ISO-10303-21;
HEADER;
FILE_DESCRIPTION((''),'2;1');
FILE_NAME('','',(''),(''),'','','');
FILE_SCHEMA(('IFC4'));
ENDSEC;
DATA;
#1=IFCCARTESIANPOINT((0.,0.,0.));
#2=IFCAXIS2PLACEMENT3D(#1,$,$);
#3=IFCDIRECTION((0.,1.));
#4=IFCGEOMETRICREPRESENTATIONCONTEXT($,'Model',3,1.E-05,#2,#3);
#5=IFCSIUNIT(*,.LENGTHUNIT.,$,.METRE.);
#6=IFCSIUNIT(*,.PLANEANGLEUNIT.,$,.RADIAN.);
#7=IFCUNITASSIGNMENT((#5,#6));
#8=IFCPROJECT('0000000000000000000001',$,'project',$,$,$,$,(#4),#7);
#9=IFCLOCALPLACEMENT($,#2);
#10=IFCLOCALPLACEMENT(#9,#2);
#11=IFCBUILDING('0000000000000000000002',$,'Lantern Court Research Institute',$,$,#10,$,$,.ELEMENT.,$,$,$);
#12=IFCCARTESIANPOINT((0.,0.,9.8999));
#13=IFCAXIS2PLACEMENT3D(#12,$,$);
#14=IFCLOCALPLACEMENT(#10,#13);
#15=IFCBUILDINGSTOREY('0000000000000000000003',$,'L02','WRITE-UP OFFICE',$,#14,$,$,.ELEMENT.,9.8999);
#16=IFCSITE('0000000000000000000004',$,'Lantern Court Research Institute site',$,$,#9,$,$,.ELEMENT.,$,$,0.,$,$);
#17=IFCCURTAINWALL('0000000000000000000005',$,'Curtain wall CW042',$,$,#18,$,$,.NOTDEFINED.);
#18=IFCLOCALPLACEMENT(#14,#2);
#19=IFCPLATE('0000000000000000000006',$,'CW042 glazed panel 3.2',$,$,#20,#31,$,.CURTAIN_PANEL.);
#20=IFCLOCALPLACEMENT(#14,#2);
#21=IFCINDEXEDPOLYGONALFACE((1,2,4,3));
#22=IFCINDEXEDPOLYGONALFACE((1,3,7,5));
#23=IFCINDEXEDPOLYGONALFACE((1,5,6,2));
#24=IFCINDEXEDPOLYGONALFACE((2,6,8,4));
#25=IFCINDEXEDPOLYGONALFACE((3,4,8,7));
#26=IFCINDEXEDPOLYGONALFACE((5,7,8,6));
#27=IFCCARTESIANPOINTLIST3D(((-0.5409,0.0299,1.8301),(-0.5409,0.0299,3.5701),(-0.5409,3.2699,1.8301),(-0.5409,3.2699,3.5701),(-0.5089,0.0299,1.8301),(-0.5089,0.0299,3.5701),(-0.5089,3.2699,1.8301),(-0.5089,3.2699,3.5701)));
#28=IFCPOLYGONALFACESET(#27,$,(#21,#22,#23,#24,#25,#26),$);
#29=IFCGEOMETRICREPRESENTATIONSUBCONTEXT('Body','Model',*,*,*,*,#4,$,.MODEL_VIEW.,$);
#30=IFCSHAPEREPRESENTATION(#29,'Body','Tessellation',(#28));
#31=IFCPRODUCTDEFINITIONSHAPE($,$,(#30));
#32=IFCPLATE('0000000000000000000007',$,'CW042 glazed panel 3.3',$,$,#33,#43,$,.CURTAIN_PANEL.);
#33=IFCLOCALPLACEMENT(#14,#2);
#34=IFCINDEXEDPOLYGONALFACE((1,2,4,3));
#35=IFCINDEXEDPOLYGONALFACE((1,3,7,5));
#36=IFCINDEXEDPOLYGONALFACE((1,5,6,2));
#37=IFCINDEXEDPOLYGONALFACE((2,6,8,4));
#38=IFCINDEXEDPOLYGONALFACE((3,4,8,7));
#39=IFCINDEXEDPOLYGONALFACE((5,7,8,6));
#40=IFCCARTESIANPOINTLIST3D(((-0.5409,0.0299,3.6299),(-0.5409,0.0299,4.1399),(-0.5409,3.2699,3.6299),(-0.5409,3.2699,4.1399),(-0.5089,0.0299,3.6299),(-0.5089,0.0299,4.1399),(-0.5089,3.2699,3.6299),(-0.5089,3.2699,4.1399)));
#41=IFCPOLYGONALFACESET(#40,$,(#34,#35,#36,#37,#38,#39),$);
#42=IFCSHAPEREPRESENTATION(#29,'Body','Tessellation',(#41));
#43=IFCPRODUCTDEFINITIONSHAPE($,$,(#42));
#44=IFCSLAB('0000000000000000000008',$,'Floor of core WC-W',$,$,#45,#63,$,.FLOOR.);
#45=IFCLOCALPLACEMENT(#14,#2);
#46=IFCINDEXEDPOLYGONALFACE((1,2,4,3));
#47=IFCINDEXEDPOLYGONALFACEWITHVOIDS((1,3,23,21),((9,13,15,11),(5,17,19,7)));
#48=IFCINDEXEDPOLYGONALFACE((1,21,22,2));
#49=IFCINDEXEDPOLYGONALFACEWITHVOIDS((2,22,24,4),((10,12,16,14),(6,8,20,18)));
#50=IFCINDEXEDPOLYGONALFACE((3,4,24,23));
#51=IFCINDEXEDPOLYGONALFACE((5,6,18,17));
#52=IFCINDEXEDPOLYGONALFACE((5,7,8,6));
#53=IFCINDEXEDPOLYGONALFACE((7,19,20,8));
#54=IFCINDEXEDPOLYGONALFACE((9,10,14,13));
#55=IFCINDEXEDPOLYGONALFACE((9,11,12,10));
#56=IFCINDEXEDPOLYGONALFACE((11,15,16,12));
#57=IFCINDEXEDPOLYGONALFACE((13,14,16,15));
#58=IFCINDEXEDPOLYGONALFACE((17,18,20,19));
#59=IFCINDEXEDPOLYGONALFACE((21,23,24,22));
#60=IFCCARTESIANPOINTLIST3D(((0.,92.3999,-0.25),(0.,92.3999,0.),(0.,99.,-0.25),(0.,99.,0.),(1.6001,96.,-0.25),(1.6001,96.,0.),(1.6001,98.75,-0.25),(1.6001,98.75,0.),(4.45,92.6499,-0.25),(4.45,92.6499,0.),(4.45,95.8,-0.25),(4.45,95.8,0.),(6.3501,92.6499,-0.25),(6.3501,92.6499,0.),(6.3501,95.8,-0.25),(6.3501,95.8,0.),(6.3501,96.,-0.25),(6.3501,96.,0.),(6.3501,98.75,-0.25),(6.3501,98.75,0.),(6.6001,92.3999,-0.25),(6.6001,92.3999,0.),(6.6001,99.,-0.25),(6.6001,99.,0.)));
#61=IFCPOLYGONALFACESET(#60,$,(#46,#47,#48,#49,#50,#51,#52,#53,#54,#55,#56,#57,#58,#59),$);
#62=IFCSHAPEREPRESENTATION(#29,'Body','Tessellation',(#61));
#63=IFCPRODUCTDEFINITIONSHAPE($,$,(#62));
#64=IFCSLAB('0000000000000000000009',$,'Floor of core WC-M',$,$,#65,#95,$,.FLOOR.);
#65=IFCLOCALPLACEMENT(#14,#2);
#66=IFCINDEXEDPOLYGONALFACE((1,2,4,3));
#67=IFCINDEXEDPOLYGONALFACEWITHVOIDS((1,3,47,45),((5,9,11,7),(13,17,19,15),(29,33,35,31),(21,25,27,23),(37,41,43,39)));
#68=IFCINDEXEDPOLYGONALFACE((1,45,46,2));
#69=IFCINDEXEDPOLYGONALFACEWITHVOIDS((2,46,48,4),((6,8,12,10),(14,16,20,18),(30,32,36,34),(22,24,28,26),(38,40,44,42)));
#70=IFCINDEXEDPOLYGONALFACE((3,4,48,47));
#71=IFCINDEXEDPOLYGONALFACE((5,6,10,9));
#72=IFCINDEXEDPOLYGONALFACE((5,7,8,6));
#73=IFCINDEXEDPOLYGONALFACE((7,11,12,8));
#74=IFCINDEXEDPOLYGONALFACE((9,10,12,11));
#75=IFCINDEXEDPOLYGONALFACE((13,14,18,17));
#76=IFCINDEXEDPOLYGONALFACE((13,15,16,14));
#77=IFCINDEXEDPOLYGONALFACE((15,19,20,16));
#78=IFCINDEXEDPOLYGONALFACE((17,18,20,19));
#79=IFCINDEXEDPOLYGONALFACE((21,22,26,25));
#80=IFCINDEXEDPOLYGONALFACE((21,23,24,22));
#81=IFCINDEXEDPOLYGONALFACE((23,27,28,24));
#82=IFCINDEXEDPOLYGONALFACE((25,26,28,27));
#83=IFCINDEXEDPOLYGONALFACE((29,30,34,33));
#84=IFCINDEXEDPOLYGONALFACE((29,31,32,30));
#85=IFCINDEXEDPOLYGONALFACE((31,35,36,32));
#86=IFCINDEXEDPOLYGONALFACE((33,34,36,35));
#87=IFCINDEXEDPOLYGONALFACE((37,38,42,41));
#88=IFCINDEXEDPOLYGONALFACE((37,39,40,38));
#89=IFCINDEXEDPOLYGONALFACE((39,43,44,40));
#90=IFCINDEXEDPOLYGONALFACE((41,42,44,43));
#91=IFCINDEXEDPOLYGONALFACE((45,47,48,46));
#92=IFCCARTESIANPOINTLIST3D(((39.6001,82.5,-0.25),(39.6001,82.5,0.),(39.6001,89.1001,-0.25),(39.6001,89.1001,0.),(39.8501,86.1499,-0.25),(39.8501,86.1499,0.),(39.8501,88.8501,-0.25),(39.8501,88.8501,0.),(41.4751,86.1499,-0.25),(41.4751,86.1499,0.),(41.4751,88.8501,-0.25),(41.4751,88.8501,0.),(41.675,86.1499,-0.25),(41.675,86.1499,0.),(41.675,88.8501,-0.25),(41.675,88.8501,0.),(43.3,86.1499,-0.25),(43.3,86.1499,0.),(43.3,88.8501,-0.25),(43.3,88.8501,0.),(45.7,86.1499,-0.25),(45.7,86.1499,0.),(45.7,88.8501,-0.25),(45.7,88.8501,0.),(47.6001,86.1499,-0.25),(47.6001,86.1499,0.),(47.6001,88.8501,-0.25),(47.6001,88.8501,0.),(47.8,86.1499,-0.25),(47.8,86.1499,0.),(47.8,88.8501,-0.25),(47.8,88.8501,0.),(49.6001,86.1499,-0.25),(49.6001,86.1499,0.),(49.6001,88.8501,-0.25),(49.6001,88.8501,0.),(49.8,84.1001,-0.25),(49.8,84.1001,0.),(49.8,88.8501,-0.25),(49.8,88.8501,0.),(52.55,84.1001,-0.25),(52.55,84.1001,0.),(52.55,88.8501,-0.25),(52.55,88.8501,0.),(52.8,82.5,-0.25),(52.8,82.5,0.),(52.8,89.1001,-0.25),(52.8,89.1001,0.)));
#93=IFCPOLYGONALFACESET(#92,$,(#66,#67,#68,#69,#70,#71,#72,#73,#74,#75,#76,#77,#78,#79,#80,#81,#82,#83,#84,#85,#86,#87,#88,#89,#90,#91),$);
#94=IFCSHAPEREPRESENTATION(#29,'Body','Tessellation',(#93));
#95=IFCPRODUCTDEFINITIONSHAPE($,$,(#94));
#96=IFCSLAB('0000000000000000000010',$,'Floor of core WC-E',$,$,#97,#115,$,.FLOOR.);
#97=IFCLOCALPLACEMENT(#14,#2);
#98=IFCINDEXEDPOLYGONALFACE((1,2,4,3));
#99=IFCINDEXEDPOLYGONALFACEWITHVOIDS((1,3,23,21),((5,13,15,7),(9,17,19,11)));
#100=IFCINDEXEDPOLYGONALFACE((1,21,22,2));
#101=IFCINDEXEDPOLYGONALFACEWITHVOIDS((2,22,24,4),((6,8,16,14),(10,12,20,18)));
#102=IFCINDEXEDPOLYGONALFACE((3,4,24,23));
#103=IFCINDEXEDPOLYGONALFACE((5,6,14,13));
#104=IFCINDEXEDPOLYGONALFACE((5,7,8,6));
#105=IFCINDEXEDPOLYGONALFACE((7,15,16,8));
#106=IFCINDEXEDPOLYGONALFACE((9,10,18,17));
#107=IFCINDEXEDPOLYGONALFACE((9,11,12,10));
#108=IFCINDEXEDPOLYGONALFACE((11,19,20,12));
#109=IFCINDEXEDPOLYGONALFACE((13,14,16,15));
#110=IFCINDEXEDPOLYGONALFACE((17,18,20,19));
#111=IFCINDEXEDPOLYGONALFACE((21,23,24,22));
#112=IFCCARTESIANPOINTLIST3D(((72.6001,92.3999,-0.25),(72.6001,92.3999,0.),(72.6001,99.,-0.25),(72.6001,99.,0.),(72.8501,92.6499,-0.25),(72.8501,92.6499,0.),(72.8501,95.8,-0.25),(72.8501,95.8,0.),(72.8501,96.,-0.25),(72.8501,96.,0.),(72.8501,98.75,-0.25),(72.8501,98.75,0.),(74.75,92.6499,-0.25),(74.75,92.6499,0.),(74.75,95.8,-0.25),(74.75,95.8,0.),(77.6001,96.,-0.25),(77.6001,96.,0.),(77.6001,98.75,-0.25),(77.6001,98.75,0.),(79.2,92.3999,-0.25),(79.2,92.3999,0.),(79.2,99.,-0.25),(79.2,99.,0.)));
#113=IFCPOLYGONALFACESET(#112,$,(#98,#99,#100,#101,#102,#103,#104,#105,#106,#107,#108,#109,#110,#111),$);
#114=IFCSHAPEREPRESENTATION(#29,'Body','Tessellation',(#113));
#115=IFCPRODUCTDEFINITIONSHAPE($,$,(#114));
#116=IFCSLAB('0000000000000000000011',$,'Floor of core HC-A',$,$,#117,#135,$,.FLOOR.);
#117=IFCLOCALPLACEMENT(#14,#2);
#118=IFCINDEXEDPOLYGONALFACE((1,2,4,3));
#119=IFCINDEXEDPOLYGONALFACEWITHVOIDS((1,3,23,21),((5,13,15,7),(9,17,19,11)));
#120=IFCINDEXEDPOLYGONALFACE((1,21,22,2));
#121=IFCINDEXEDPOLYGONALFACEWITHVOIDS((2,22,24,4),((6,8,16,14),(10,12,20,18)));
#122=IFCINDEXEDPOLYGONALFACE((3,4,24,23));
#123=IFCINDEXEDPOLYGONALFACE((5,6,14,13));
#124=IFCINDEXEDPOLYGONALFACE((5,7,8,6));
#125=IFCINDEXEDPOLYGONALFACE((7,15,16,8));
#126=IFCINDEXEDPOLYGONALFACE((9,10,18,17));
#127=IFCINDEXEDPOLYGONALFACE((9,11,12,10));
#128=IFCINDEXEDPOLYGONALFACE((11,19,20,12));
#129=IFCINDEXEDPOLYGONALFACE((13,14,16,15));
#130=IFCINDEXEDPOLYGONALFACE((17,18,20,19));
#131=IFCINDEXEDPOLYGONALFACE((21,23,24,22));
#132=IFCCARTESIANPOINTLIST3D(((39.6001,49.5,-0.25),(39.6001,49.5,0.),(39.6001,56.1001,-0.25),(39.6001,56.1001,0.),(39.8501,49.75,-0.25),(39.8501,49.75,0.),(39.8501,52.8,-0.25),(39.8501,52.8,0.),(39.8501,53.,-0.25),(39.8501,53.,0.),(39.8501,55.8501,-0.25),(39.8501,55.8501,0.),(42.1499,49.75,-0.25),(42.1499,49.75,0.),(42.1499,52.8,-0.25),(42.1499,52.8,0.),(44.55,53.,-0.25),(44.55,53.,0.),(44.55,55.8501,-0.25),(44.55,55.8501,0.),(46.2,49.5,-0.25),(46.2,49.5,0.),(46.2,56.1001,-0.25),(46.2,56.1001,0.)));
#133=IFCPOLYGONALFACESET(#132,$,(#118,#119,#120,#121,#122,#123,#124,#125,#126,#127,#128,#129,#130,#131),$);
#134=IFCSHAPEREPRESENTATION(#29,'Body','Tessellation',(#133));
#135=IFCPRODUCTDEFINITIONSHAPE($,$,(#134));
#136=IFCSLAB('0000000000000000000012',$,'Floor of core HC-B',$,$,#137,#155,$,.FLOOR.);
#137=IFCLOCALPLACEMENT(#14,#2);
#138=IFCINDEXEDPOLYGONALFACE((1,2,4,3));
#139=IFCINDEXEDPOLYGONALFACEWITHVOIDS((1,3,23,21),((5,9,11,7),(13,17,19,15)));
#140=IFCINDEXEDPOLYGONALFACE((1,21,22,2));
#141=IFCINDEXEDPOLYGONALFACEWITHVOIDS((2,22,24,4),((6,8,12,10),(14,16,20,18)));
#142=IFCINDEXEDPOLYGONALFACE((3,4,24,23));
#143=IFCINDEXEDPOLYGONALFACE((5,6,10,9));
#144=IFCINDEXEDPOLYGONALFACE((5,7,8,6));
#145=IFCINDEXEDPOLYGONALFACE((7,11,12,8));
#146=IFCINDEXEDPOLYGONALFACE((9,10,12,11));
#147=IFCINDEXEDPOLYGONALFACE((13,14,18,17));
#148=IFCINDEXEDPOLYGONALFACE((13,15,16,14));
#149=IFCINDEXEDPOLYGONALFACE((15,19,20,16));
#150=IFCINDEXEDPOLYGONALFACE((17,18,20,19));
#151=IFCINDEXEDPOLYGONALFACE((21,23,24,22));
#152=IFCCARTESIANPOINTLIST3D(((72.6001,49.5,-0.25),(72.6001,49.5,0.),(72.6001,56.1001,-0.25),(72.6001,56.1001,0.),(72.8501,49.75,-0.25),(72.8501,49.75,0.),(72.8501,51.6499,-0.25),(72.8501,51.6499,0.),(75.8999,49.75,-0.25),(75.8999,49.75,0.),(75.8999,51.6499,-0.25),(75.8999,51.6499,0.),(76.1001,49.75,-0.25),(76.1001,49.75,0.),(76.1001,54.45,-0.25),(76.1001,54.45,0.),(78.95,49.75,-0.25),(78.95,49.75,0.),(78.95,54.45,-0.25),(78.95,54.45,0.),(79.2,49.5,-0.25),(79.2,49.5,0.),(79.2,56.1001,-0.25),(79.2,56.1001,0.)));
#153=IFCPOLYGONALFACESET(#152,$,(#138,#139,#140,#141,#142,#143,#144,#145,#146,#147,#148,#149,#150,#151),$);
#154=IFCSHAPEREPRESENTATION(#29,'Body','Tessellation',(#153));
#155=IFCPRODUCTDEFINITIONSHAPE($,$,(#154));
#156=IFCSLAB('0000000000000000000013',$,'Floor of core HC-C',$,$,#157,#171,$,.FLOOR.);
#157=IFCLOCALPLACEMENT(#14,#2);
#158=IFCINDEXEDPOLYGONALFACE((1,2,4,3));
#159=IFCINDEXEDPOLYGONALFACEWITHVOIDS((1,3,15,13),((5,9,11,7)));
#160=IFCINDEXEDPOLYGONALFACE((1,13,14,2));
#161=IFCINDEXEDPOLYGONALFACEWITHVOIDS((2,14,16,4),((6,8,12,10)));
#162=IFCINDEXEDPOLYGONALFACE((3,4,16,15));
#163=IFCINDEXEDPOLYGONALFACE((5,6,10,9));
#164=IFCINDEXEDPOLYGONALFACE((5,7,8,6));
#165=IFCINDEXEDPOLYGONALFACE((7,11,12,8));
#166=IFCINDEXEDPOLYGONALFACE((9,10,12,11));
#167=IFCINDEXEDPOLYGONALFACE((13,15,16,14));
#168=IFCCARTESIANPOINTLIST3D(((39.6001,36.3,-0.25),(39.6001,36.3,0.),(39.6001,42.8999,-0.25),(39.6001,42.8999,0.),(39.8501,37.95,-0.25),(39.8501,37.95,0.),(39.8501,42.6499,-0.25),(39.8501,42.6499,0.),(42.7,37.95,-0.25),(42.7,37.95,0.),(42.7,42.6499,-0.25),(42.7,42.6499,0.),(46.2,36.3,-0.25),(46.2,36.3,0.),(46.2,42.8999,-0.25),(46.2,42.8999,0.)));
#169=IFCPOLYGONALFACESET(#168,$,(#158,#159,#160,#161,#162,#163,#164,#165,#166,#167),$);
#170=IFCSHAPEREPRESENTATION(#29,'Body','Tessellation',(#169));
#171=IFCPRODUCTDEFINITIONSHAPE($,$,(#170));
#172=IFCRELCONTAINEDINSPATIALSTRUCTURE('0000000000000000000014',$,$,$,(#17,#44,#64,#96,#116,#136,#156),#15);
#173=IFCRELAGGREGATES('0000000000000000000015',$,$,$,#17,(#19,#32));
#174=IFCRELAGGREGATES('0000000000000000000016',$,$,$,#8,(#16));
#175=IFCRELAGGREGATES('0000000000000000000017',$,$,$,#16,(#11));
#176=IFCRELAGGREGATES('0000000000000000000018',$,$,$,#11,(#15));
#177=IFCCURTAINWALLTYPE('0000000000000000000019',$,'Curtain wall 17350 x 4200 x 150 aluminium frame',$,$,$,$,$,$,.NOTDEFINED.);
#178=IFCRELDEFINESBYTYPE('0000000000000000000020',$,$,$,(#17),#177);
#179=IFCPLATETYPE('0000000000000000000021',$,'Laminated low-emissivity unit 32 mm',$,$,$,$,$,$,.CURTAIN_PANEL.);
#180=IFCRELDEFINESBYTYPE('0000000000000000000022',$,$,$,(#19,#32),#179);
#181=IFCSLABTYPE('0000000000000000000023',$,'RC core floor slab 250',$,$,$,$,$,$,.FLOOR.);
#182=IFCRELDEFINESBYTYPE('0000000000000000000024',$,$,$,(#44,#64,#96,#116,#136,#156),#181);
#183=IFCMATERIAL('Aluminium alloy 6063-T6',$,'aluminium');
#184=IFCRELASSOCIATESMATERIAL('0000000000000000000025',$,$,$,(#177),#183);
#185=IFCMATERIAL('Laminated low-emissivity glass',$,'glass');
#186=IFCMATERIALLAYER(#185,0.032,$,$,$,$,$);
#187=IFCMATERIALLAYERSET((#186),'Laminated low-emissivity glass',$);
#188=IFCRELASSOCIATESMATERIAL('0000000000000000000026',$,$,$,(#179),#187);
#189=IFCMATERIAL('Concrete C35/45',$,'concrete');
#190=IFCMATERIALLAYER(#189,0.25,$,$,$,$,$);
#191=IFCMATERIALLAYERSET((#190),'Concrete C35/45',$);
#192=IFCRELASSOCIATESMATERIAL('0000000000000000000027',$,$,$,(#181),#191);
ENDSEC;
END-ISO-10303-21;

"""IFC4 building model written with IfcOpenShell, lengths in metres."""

from ifc_helpers import new_model, si_unit, direction, frame, origin, origin_2d, place, context, subcontext, project, spatial, polyline, rectangle, outline, extrude, material, layer, layer_set, type_object, element, aggregate, save


model = new_model("IFC4")

# Units and contexts
model_context = context("Model", 3, precision=1e-05, world=origin(), true_north=direction((0.0, 1.0)))
body_context = subcontext(model_context, "Body", "Model", "MODEL_VIEW")
ifc_project = project(units=[si_unit("LENGTHUNIT", "METRE"), si_unit("PLANEANGLEUNIT", "RADIAN")], contexts=[model_context])

# Site, building, storey
site_placement = place(None, origin())
site = spatial("IfcSite", under=ifc_project, at=site_placement, Name="Lantern Court Research Institute site", CompositionType="ELEMENT", RefElevation=0.0)
building_placement = place(site_placement, origin())
building = spatial("IfcBuilding", under=site, at=building_placement, Name="Lantern Court Research Institute", CompositionType="ELEMENT")
storey_placement = place(building_placement, frame((0.0, 0.0, 9.8999)))
storey = spatial("IfcBuildingStorey", under=building, at=storey_placement, Name="L02", Description="WRITE-UP OFFICE", CompositionType="ELEMENT", Elevation=9.8999)

# Curtain wall
ifc_material_1 = material(Name="Aluminium alloy 6063-T6", Category="aluminium")
curtain_wall_type = type_object("IfcCurtainWallType", Name="Curtain wall 17350 x 4200 x 150 aluminium frame", PredefinedType="NOTDEFINED", material=ifc_material_1)
curtain_wall_placement = place(storey_placement, origin())
curtain_wall = element("IfcCurtainWall", 1, at=curtain_wall_placement, inside=storey, type_object=curtain_wall_type, Name="Curtain wall CW042", PredefinedType="NOTDEFINED")

# Plates
ifc_material_2 = material(Name="Laminated low-emissivity glass", Category="glass")
ifc_layer_1 = layer(ifc_material_2, 0.032)
ifc_layer_set_1 = layer_set([ifc_layer_1], Name="Laminated low-emissivity glass")
plate_type_1 = type_object("IfcPlateType", Name="Laminated low-emissivity unit 32 mm", PredefinedType="CURTAIN_PANEL", material=ifc_layer_set_1)
plate_1_placement = place(storey_placement, frame((-0.5249, 1.6499, 1.8301), z_axis=(0.0, 0.0, 1.0), x_axis=(0.0, 1.0, 0.0)))
plate_1 = element("IfcPlate", 2, at=plate_1_placement, type_object=plate_type_1, Name="CW042 glazed panel 3.2", PredefinedType="CURTAIN_PANEL", context=body_context, shape_type="SweptSolid", body=[
    extrude(rectangle(XDim=3.24, YDim=0.032, at=origin_2d()), origin(), (0.0, 0.0, 1.0), 1.74),
])
plate_2_placement = place(storey_placement, frame((-0.5249, 1.6499, 3.6299), z_axis=(0.0, 0.0, 1.0), x_axis=(0.0, 1.0, 0.0)))
plate_2 = element("IfcPlate", 3, at=plate_2_placement, type_object=plate_type_1, Name="CW042 glazed panel 3.3", PredefinedType="CURTAIN_PANEL", context=body_context, shape_type="SweptSolid", body=[
    extrude(rectangle(XDim=3.24, YDim=0.032, at=origin_2d()), origin(), (0.0, 0.0, 1.0), 0.51),
])
aggregate(curtain_wall, [plate_1, plate_2])

# Slabs
ifc_material_3 = material(Name="Concrete C35/45", Category="concrete")
ifc_layer_2 = layer(ifc_material_3, 0.25)
ifc_layer_set_2 = layer_set([ifc_layer_2], Name="Concrete C35/45")
slab_type_1 = type_object("IfcSlabType", Name="RC core floor slab 250", PredefinedType="FLOOR", material=ifc_layer_set_2)
slab_1_placement = place(storey_placement, frame((0.0, 0.0, -0.25)))
element("IfcSlab", 4, at=slab_1_placement, inside=storey, type_object=slab_type_1, Name="Floor of core WC-W", PredefinedType="FLOOR", context=body_context, shape_type="SweptSolid", body=[
    extrude(outline(polyline([(0.0, 92.3999), (6.6001, 92.3999), (6.6001, 99.0), (0.0, 99.0), (0.0, 92.3999)]), holes=[polyline([(1.6001, 96.0), (6.3501, 96.0), (6.3501, 98.75), (1.6001, 98.75), (1.6001, 96.0)]), polyline([(4.45, 92.6499), (4.45, 95.8), (6.3501, 95.8), (6.3501, 92.6499), (4.45, 92.6499)])]), origin(), (0.0, 0.0, 1.0), 0.25),
])
slab_2_placement = place(storey_placement, frame((0.0, 0.0, -0.25)))
element("IfcSlab", 5, at=slab_2_placement, inside=storey, type_object=slab_type_1, Name="Floor of core WC-M", PredefinedType="FLOOR", context=body_context, shape_type="SweptSolid", body=[
    extrude(outline(polyline([(39.6001, 82.5), (52.8, 82.5), (52.8, 89.1001), (39.6001, 89.1001), (39.6001, 82.5)]), holes=[polyline([(52.55, 84.1001), (52.55, 88.8501), (49.8, 88.8501), (49.8, 84.1001), (52.55, 84.1001)]), polyline([(47.8, 86.1499), (49.6001, 86.1499), (49.6001, 88.8501), (47.8, 88.8501), (47.8, 86.1499)]), polyline([(45.7, 86.1499), (47.6001, 86.1499), (47.6001, 88.8501), (45.7, 88.8501), (45.7, 86.1499)]), polyline([(43.3, 88.8501), (43.3, 86.1499), (41.675, 86.1499), (41.675, 88.8501), (43.3, 88.8501)]), polyline([(41.4751, 88.8501), (41.4751, 86.1499), (39.8501, 86.1499), (39.8501, 88.8501), (41.4751, 88.8501)])]), origin(), (0.0, 0.0, 1.0), 0.25),
])
slab_3_placement = place(storey_placement, frame((0.0, 0.0, -0.25)))
element("IfcSlab", 6, at=slab_3_placement, inside=storey, type_object=slab_type_1, Name="Floor of core WC-E", PredefinedType="FLOOR", context=body_context, shape_type="SweptSolid", body=[
    extrude(outline(polyline([(72.6001, 92.3999), (79.2, 92.3999), (79.2, 99.0), (72.6001, 99.0), (72.6001, 92.3999)]), holes=[polyline([(77.6001, 98.75), (72.8501, 98.75), (72.8501, 96.0), (77.6001, 96.0), (77.6001, 98.75)]), polyline([(72.8501, 92.6499), (72.8501, 95.8), (74.75, 95.8), (74.75, 92.6499), (72.8501, 92.6499)])]), origin(), (0.0, 0.0, 1.0), 0.25),
])
slab_4_placement = place(storey_placement, frame((0.0, 0.0, -0.25)))
element("IfcSlab", 7, at=slab_4_placement, inside=storey, type_object=slab_type_1, Name="Floor of core HC-A", PredefinedType="FLOOR", context=body_context, shape_type="SweptSolid", body=[
    extrude(outline(polyline([(39.6001, 49.5), (46.2, 49.5), (46.2, 56.1001), (39.6001, 56.1001), (39.6001, 49.5)]), holes=[polyline([(44.55, 55.8501), (39.8501, 55.8501), (39.8501, 53.0), (44.55, 53.0), (44.55, 55.8501)]), polyline([(39.8501, 49.75), (42.1499, 49.75), (42.1499, 52.8), (39.8501, 52.8), (39.8501, 49.75)])]), origin(), (0.0, 0.0, 1.0), 0.25),
])
slab_5_placement = place(storey_placement, frame((0.0, 0.0, -0.25)))
element("IfcSlab", 8, at=slab_5_placement, inside=storey, type_object=slab_type_1, Name="Floor of core HC-B", PredefinedType="FLOOR", context=body_context, shape_type="SweptSolid", body=[
    extrude(outline(polyline([(72.6001, 49.5), (79.2, 49.5), (79.2, 56.1001), (72.6001, 56.1001), (72.6001, 49.5)]), holes=[polyline([(76.1001, 54.45), (76.1001, 49.75), (78.95, 49.75), (78.95, 54.45), (76.1001, 54.45)]), polyline([(72.8501, 51.6499), (75.8999, 51.6499), (75.8999, 49.75), (72.8501, 49.75), (72.8501, 51.6499)])]), origin(), (0.0, 0.0, 1.0), 0.25),
])
slab_6_placement = place(storey_placement, frame((0.0, 0.0, -0.25)))
element("IfcSlab", 9, at=slab_6_placement, inside=storey, type_object=slab_type_1, Name="Floor of core HC-C", PredefinedType="FLOOR", context=body_context, shape_type="SweptSolid", body=[
    extrude(outline(polyline([(39.6001, 36.3), (46.2, 36.3), (46.2, 42.8999), (39.6001, 42.8999), (39.6001, 36.3)]), holes=[polyline([(42.7, 37.95), (42.7, 42.6499), (39.8501, 42.6499), (39.8501, 37.95), (42.7, 37.95)])]), origin(), (0.0, 0.0, 1.0), 0.25),
])

save(model, "model.ifc")
